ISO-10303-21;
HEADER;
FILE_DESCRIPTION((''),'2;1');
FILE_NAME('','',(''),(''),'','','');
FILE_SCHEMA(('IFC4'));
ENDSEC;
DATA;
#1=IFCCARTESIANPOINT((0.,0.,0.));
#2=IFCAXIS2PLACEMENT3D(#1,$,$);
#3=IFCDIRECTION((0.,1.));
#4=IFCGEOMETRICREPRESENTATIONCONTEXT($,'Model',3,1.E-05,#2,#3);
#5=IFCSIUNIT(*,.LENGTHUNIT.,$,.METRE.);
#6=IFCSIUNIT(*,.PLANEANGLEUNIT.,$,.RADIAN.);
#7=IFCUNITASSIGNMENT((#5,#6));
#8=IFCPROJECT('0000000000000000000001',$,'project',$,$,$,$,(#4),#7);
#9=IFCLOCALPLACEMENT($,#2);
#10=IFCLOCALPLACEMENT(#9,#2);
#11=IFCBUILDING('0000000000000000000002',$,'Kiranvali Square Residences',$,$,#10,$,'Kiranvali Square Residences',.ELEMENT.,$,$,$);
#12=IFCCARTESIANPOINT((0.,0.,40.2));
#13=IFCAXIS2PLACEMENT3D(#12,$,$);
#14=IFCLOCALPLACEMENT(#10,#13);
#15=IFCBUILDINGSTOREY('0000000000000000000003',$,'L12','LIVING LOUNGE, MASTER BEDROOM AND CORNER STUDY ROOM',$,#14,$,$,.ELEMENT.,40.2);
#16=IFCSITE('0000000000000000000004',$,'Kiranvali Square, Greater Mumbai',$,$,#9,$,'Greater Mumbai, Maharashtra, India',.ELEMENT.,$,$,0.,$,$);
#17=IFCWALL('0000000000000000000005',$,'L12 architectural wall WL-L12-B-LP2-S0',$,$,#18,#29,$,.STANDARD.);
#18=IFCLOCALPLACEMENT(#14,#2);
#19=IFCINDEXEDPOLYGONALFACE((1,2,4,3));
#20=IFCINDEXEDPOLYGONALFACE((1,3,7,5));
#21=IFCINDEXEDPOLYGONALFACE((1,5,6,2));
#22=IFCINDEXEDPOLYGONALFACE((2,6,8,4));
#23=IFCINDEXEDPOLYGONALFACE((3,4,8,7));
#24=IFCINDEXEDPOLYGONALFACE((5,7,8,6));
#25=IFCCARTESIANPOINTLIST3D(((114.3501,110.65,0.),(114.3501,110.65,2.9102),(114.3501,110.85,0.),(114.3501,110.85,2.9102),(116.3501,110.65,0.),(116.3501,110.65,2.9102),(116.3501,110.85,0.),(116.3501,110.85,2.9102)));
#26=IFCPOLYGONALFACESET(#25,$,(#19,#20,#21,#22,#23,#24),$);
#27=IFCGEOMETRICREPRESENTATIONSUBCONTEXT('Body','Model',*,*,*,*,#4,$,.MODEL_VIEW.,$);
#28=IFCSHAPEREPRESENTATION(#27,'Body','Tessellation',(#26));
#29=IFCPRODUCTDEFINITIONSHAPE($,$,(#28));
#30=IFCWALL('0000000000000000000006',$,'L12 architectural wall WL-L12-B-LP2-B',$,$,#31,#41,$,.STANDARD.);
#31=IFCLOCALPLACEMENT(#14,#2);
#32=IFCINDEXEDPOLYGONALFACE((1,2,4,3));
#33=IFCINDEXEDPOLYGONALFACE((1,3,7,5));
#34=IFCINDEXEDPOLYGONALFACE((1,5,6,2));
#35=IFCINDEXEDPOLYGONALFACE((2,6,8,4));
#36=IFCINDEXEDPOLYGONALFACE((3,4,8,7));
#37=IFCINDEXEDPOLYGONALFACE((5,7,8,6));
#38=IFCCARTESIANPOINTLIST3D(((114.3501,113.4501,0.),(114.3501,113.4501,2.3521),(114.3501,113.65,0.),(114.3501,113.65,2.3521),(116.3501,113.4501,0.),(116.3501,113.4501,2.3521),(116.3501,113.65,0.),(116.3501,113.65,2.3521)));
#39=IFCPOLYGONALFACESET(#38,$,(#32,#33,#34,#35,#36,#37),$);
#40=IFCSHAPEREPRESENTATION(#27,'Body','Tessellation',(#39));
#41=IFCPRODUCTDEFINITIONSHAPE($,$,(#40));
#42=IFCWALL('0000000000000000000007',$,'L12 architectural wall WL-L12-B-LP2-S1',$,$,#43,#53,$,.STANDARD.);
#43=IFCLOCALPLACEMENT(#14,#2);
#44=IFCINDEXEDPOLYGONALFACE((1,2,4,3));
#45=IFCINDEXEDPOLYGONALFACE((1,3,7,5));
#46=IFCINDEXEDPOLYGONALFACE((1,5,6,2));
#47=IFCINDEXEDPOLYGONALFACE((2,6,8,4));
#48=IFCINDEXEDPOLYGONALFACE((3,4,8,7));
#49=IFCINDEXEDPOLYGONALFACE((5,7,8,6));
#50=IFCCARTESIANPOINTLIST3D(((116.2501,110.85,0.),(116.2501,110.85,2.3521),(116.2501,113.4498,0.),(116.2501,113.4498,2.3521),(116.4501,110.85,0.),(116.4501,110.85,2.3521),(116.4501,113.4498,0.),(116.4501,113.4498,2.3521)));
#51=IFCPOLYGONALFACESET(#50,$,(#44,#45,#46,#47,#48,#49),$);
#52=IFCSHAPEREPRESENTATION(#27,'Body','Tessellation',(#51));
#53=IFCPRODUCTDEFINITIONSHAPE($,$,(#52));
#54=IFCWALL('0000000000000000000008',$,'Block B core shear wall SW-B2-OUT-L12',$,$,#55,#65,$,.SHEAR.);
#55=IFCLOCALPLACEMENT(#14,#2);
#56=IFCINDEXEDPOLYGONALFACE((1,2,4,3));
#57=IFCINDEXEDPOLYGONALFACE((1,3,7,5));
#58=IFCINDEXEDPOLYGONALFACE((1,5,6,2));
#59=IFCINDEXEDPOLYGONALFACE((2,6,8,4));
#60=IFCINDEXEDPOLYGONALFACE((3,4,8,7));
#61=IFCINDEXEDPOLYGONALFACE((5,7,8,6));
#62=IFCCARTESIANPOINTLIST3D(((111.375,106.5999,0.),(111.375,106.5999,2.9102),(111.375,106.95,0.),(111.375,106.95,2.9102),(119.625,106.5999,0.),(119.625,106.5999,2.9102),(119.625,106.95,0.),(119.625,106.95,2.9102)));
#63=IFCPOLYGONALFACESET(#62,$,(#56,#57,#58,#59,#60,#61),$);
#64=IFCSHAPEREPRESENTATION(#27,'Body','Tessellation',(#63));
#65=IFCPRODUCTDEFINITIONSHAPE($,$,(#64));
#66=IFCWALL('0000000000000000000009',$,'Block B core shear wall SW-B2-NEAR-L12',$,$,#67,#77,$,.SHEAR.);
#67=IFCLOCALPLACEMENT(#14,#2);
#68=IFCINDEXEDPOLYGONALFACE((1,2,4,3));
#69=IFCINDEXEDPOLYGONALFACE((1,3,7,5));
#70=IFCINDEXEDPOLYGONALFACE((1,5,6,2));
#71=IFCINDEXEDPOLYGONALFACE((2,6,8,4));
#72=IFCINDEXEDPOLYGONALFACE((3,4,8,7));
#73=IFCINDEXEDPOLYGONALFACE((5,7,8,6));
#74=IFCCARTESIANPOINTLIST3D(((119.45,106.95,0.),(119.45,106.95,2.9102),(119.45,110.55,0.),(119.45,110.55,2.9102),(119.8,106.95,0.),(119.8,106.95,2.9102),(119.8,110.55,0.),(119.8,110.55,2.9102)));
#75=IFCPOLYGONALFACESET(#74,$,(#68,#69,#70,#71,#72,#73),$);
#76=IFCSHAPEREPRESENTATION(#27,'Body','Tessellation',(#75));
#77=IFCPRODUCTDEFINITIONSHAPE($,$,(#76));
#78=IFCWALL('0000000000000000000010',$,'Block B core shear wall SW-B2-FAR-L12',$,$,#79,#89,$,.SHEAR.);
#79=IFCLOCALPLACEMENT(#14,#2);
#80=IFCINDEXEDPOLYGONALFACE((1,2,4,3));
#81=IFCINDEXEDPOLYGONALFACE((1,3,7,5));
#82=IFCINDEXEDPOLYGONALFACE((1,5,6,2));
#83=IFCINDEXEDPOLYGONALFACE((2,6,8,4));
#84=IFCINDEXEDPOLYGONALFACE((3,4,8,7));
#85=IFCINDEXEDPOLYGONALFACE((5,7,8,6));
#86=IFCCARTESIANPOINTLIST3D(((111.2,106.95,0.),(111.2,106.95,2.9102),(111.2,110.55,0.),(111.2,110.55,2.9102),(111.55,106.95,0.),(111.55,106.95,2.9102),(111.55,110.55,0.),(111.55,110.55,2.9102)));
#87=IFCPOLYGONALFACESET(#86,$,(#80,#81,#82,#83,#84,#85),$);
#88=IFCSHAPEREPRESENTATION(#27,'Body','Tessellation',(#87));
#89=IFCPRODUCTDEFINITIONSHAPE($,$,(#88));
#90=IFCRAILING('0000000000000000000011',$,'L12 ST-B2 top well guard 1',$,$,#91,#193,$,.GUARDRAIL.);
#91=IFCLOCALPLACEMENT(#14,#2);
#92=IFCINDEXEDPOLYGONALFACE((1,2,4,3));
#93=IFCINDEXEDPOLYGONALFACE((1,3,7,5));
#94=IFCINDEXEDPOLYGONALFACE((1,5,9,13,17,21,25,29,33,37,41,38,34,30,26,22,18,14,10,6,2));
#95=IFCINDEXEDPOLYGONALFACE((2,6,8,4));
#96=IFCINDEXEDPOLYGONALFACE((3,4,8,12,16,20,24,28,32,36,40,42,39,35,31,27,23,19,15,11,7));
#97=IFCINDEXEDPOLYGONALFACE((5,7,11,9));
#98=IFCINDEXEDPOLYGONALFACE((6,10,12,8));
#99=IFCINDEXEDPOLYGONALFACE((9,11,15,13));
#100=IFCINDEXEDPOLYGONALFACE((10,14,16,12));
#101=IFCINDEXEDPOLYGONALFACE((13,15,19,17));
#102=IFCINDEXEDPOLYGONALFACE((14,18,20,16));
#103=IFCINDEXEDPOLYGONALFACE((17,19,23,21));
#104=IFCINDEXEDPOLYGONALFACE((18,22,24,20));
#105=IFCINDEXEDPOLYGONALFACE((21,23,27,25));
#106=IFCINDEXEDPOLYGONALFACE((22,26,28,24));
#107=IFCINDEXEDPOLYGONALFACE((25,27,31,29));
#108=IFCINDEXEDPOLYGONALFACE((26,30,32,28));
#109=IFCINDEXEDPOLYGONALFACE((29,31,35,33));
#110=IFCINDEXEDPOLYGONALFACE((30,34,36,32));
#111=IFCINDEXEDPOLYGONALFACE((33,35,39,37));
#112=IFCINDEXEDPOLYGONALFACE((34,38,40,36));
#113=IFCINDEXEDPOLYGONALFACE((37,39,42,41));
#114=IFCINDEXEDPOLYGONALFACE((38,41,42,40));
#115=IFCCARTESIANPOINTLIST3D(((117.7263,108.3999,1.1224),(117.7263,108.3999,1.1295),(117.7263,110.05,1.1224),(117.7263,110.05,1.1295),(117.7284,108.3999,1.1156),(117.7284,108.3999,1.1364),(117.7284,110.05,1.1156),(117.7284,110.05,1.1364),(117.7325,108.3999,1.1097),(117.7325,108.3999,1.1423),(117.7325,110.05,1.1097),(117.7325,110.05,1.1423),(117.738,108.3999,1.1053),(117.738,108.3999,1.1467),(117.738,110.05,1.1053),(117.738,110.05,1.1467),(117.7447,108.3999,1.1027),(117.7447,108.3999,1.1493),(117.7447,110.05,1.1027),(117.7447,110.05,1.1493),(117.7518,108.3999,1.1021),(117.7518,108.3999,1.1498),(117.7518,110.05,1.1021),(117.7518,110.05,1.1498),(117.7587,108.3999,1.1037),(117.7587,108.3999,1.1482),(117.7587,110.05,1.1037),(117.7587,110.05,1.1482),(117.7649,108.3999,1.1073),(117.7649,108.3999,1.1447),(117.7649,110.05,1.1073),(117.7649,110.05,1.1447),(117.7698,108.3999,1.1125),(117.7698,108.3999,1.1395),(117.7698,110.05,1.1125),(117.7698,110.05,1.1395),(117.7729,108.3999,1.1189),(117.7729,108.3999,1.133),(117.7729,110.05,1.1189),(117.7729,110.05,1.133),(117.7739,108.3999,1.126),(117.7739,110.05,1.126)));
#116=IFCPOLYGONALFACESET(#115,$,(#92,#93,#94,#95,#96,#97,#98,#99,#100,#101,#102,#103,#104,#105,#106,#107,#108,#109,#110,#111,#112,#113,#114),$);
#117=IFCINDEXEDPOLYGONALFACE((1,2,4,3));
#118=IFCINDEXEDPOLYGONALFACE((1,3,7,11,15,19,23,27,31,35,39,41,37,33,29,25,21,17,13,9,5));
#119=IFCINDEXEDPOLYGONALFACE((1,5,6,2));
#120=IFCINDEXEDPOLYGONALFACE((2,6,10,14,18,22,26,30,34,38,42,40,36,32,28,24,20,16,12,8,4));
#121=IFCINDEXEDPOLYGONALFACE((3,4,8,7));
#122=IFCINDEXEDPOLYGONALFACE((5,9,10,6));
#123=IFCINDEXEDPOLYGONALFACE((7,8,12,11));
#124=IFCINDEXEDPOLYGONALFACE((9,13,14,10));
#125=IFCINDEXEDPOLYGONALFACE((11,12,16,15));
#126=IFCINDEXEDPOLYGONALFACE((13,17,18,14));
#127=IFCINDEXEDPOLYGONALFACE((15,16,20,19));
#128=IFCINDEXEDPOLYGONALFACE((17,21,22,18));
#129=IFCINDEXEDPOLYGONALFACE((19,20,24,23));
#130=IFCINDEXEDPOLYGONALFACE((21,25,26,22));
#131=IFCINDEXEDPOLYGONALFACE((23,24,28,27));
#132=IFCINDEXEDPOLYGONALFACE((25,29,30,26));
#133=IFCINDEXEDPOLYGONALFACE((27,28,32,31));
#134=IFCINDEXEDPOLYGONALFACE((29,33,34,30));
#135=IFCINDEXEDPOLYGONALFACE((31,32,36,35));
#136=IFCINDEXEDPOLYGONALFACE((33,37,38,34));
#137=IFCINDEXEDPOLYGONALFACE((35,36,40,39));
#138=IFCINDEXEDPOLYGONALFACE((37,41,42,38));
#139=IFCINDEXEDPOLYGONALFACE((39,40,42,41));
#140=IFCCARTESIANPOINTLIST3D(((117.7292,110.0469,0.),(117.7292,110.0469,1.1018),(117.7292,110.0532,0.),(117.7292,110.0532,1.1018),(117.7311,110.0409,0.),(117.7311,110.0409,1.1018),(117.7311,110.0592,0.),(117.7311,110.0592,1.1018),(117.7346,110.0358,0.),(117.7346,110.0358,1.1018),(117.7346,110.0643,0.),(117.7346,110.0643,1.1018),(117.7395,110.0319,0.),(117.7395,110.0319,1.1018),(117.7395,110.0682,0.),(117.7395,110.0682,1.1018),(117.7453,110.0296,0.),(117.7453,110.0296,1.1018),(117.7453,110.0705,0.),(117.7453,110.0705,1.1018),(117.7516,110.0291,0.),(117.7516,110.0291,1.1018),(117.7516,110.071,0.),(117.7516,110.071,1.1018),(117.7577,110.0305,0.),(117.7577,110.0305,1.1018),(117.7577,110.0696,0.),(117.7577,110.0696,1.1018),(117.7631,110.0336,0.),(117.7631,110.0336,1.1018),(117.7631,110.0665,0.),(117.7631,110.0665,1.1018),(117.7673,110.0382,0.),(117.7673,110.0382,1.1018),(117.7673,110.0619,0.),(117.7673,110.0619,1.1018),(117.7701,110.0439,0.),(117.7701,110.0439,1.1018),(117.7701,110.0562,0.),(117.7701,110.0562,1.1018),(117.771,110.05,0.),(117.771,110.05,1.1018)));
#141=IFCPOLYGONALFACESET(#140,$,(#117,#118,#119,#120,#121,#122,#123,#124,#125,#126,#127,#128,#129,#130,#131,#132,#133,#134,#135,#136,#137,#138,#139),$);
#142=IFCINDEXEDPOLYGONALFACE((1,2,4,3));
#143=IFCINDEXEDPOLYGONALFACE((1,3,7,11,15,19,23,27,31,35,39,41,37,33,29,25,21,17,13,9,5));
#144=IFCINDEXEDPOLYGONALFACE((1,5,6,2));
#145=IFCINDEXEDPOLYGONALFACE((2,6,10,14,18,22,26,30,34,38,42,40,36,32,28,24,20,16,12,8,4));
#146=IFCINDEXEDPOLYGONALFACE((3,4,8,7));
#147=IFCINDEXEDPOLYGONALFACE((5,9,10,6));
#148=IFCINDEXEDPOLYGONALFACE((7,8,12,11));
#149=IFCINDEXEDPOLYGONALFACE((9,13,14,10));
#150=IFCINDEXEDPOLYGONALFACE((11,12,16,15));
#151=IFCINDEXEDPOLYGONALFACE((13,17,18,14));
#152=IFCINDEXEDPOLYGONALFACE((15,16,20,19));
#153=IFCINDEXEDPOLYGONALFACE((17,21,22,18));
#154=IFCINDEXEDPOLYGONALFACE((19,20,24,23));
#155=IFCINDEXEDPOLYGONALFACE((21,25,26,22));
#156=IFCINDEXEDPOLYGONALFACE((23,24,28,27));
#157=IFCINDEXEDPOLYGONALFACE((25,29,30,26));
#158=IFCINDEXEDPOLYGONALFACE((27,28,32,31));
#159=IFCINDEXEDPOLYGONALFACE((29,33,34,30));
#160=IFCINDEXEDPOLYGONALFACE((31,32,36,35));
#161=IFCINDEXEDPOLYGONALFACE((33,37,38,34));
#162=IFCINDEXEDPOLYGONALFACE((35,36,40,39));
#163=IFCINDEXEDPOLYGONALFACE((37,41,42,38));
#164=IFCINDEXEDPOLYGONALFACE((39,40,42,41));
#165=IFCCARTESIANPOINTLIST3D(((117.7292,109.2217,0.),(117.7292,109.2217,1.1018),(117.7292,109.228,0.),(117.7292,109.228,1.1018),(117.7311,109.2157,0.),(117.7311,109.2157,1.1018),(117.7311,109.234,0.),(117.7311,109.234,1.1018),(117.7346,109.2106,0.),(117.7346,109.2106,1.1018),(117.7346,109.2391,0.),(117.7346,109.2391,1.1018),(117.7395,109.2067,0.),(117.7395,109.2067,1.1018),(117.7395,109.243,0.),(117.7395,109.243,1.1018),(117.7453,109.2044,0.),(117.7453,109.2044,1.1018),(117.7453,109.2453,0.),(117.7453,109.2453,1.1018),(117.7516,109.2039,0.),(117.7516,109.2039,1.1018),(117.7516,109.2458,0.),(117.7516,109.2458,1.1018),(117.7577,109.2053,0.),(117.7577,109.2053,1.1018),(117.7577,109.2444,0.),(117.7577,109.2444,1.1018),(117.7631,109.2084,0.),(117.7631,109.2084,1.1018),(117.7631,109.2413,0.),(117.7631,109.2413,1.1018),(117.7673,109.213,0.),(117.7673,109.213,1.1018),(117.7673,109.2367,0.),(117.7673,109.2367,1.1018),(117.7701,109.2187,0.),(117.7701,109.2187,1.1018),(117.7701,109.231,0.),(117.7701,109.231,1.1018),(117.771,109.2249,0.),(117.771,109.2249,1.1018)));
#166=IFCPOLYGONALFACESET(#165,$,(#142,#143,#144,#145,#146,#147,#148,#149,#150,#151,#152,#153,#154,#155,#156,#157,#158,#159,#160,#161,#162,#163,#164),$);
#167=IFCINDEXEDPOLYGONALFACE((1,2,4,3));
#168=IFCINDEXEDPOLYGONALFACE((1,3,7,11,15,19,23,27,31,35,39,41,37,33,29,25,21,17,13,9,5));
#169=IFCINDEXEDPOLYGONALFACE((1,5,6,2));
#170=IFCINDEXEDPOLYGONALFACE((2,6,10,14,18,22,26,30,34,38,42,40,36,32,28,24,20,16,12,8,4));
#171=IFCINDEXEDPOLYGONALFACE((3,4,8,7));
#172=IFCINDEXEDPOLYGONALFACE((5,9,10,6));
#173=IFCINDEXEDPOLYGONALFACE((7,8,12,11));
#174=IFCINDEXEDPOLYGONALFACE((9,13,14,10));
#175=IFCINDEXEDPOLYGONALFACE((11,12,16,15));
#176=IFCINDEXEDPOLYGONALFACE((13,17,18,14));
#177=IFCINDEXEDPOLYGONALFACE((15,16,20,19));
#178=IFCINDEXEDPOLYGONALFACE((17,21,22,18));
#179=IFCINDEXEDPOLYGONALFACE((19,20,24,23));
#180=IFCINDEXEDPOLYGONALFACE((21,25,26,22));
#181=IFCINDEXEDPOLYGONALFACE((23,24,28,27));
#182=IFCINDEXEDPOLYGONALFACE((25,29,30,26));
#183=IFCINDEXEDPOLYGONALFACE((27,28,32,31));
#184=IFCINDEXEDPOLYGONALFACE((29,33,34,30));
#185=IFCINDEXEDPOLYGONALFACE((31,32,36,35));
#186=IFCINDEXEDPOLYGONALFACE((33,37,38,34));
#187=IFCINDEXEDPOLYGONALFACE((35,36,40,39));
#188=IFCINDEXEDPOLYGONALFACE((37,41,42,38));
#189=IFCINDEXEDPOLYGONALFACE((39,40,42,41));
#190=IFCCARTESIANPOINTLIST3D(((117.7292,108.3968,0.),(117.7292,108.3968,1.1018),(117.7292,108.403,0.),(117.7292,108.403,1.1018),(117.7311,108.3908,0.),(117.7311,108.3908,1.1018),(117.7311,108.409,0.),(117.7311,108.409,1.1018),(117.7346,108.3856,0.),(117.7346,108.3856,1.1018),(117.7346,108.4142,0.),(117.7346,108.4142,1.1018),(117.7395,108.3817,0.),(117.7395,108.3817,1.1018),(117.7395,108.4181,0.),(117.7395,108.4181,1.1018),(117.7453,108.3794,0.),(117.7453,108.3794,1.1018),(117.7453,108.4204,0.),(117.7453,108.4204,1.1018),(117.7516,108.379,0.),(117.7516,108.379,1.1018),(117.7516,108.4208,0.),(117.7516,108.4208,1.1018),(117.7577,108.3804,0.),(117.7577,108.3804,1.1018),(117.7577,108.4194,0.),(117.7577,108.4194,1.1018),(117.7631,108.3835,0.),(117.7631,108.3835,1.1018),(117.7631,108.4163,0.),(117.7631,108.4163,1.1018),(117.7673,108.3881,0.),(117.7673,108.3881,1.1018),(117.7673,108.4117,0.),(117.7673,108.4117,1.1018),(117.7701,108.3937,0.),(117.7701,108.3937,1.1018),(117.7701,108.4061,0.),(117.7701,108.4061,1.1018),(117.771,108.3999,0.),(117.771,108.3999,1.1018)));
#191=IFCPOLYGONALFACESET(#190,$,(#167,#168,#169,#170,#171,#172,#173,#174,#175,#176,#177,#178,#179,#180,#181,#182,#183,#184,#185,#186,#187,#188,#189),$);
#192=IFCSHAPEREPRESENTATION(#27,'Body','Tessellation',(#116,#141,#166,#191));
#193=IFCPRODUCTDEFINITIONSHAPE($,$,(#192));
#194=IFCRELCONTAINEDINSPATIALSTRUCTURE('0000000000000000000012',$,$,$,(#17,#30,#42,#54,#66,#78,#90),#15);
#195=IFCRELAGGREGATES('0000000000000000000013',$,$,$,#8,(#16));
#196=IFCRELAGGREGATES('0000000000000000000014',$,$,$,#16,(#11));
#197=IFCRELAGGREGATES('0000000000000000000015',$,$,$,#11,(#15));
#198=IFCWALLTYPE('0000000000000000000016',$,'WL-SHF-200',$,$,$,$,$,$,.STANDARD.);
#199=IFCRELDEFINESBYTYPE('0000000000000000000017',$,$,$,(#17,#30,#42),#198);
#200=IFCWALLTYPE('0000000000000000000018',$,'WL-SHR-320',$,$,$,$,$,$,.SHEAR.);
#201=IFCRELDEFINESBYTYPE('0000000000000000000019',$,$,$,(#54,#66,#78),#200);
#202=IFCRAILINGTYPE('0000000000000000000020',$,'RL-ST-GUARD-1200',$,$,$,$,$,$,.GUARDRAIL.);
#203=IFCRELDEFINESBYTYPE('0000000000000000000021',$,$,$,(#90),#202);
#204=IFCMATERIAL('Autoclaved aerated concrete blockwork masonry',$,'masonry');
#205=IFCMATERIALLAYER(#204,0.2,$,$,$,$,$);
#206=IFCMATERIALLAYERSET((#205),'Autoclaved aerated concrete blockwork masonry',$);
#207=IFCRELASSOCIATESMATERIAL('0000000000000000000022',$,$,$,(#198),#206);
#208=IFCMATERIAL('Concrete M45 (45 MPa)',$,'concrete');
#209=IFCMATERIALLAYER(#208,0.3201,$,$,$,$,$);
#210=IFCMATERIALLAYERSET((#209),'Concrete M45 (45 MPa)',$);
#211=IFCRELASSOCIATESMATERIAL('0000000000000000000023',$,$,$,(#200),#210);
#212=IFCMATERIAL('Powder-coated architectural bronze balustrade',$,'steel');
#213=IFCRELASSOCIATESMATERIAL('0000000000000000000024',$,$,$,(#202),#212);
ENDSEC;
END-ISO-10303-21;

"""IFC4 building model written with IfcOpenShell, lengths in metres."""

from ifc_helpers import new_model, si_unit, direction, frame, frame_2d, origin, origin_2d, place, context, subcontext, project, spatial, rectangle, circle, extrude, material, layer, layer_set, type_object, element, save


model = new_model("IFC4")

# Units and contexts
model_context = context("Model", 3, precision=1e-05, world=origin(), true_north=direction((0.0, 1.0)))
body_context = subcontext(model_context, "Body", "Model", "MODEL_VIEW")
ifc_project = project(units=[si_unit("LENGTHUNIT", "METRE"), si_unit("PLANEANGLEUNIT", "RADIAN")], contexts=[model_context])

# Site, building, storey
site_placement = place(None, origin())
site = spatial("IfcSite", under=ifc_project, at=site_placement, Name="Kiranvali Square, Greater Mumbai", LongName="Greater Mumbai, Maharashtra, India", CompositionType="ELEMENT", RefElevation=0.0)
building_placement = place(site_placement, origin())
building = spatial("IfcBuilding", under=site, at=building_placement, Name="Kiranvali Square Residences", LongName="Kiranvali Square Residences", CompositionType="ELEMENT")
storey_placement = place(building_placement, frame((0.0, 0.0, 40.2)))
storey = spatial("IfcBuildingStorey", under=building, at=storey_placement, Name="L12", Description="LIVING LOUNGE, MASTER BEDROOM AND CORNER STUDY ROOM", CompositionType="ELEMENT", Elevation=40.2)

# Shared definitions
ifc_material_1 = material(Name="Autoclaved aerated concrete blockwork masonry", Category="masonry")

# Walls
ifc_layer_1 = layer(ifc_material_1, 0.2)
ifc_layer_set_1 = layer_set([ifc_layer_1], Name="Autoclaved aerated concrete blockwork masonry")
wall_type_1 = type_object("IfcWallType", Name="WL-SHF-200", PredefinedType="STANDARD", material=ifc_layer_set_1)
wall_1_placement = place(storey_placement, frame((116.3501, 110.75, 0.0), z_axis=(0.0, 0.0, 1.0), x_axis=(-1.0, 0.0, 0.0)))
element("IfcWall", 1, at=wall_1_placement, inside=storey, type_object=wall_type_1, Name="L12 architectural wall WL-L12-B-LP2-S0", PredefinedType="STANDARD", context=body_context, shape_type="SweptSolid", body=[
    extrude(rectangle(XDim=2.0, YDim=0.2, at=frame_2d((1.0, 0.0))), origin(), (0.0, 0.0, 1.0), 2.9102),
])
wall_2_placement = place(storey_placement, frame((116.3501, 113.55, 0.0), z_axis=(0.0, 0.0, 1.0), x_axis=(-1.0, 0.0, 0.0)))
element("IfcWall", 2, at=wall_2_placement, inside=storey, type_object=wall_type_1, Name="L12 architectural wall WL-L12-B-LP2-B", PredefinedType="STANDARD", context=body_context, shape_type="SweptSolid", body=[
    extrude(rectangle(XDim=2.0, YDim=0.2, at=frame_2d((1.0, 0.0))), origin(), (0.0, 0.0, 1.0), 2.3521),
])
wall_3_placement = place(storey_placement, frame((116.3501, 110.8501, 0.0), z_axis=(0.0, 0.0, 1.0), x_axis=(0.0, 1.0, 0.0)))
element("IfcWall", 3, at=wall_3_placement, inside=storey, type_object=wall_type_1, Name="L12 architectural wall WL-L12-B-LP2-S1", PredefinedType="STANDARD", context=body_context, shape_type="SweptSolid", body=[
    extrude(rectangle(XDim=2.5999, YDim=0.2, at=frame_2d((1.2998, 0.0))), origin(), (0.0, 0.0, 1.0), 2.3521),
])

# Wall
ifc_material_2 = material(Name="Concrete M45 (45 MPa)", Category="concrete")
ifc_layer_2 = layer(ifc_material_2, 0.3201)
ifc_layer_set_2 = layer_set([ifc_layer_2], Name="Concrete M45 (45 MPa)")
wall_type_2 = type_object("IfcWallType", Name="WL-SHR-320", PredefinedType="SHEAR", material=ifc_layer_set_2)
wall_4_placement = place(storey_placement, frame((119.625, 106.7749, 0.0), z_axis=(0.0, 0.0, 1.0), x_axis=(-1.0, 0.0, 0.0)))
element("IfcWall", 4, at=wall_4_placement, inside=storey, type_object=wall_type_2, Name="Block B core shear wall SW-B2-OUT-L12", PredefinedType="SHEAR", context=body_context, shape_type="SweptSolid", body=[
    extrude(rectangle(XDim=8.25, YDim=0.3501, at=frame_2d((4.125, 0.0))), origin(), (0.0, 0.0, 1.0), 2.9102),
])

# Walls
for number, where, z_axis, x_axis, name in (
    (5, (119.625, 106.95, 0.0), (0.0, 0.0, 1.0), (0.0, 1.0, 0.0), "Block B core shear wall SW-B2-NEAR-L12"),
    (6, (111.375, 106.95, 0.0), (0.0, 0.0, 1.0), (0.0, 1.0, 0.0), "Block B core shear wall SW-B2-FAR-L12"),
):
    element("IfcWall", number, at=place(storey_placement, frame(where, z_axis=z_axis, x_axis=x_axis)), inside=storey, type_object=wall_type_2, Name=name, PredefinedType="SHEAR", context=body_context, shape_type="SweptSolid", body=[
        extrude(rectangle(XDim=3.6001, YDim=0.3501, at=frame_2d((1.8, 0.0))), origin(), (0.0, 0.0, 1.0), 2.9102),
    ])

# Railing
ifc_material_3 = material(Name="Powder-coated architectural bronze balustrade", Category="steel")
railing_type = type_object("IfcRailingType", Name="RL-ST-GUARD-1200", PredefinedType="GUARDRAIL", material=ifc_material_3)
railing_placement = place(storey_placement, frame((117.75, 110.05, 0.0)))
element("IfcRailing", 7, at=railing_placement, inside=storey, type_object=railing_type, Name="L12 ST-B2 top well guard 1", PredefinedType="GUARDRAIL", context=body_context, shape_type="SweptSolid", body=[
    extrude(circle(Radius=0.0239, at=origin_2d()), frame((0.0, 0.0, 1.126), z_axis=(0.0, -1.0, 0.0), x_axis=(1.0, 0.0, 0.0)), (0.0, 0.0, 1.0), 1.6501),
    extrude(circle(Radius=0.021, at=origin_2d()), origin(), (0.0, 0.0, 1.0), 1.1018),
    extrude(circle(Radius=0.021, at=origin_2d()), frame((0.0, -0.8252, 0.0)), (0.0, 0.0, 1.0), 1.1018),
    extrude(circle(Radius=0.021, at=origin_2d()), frame((0.0, -1.6501, 0.0)), (0.0, 0.0, 1.0), 1.1018),
])

save(model, "model.ifc")
